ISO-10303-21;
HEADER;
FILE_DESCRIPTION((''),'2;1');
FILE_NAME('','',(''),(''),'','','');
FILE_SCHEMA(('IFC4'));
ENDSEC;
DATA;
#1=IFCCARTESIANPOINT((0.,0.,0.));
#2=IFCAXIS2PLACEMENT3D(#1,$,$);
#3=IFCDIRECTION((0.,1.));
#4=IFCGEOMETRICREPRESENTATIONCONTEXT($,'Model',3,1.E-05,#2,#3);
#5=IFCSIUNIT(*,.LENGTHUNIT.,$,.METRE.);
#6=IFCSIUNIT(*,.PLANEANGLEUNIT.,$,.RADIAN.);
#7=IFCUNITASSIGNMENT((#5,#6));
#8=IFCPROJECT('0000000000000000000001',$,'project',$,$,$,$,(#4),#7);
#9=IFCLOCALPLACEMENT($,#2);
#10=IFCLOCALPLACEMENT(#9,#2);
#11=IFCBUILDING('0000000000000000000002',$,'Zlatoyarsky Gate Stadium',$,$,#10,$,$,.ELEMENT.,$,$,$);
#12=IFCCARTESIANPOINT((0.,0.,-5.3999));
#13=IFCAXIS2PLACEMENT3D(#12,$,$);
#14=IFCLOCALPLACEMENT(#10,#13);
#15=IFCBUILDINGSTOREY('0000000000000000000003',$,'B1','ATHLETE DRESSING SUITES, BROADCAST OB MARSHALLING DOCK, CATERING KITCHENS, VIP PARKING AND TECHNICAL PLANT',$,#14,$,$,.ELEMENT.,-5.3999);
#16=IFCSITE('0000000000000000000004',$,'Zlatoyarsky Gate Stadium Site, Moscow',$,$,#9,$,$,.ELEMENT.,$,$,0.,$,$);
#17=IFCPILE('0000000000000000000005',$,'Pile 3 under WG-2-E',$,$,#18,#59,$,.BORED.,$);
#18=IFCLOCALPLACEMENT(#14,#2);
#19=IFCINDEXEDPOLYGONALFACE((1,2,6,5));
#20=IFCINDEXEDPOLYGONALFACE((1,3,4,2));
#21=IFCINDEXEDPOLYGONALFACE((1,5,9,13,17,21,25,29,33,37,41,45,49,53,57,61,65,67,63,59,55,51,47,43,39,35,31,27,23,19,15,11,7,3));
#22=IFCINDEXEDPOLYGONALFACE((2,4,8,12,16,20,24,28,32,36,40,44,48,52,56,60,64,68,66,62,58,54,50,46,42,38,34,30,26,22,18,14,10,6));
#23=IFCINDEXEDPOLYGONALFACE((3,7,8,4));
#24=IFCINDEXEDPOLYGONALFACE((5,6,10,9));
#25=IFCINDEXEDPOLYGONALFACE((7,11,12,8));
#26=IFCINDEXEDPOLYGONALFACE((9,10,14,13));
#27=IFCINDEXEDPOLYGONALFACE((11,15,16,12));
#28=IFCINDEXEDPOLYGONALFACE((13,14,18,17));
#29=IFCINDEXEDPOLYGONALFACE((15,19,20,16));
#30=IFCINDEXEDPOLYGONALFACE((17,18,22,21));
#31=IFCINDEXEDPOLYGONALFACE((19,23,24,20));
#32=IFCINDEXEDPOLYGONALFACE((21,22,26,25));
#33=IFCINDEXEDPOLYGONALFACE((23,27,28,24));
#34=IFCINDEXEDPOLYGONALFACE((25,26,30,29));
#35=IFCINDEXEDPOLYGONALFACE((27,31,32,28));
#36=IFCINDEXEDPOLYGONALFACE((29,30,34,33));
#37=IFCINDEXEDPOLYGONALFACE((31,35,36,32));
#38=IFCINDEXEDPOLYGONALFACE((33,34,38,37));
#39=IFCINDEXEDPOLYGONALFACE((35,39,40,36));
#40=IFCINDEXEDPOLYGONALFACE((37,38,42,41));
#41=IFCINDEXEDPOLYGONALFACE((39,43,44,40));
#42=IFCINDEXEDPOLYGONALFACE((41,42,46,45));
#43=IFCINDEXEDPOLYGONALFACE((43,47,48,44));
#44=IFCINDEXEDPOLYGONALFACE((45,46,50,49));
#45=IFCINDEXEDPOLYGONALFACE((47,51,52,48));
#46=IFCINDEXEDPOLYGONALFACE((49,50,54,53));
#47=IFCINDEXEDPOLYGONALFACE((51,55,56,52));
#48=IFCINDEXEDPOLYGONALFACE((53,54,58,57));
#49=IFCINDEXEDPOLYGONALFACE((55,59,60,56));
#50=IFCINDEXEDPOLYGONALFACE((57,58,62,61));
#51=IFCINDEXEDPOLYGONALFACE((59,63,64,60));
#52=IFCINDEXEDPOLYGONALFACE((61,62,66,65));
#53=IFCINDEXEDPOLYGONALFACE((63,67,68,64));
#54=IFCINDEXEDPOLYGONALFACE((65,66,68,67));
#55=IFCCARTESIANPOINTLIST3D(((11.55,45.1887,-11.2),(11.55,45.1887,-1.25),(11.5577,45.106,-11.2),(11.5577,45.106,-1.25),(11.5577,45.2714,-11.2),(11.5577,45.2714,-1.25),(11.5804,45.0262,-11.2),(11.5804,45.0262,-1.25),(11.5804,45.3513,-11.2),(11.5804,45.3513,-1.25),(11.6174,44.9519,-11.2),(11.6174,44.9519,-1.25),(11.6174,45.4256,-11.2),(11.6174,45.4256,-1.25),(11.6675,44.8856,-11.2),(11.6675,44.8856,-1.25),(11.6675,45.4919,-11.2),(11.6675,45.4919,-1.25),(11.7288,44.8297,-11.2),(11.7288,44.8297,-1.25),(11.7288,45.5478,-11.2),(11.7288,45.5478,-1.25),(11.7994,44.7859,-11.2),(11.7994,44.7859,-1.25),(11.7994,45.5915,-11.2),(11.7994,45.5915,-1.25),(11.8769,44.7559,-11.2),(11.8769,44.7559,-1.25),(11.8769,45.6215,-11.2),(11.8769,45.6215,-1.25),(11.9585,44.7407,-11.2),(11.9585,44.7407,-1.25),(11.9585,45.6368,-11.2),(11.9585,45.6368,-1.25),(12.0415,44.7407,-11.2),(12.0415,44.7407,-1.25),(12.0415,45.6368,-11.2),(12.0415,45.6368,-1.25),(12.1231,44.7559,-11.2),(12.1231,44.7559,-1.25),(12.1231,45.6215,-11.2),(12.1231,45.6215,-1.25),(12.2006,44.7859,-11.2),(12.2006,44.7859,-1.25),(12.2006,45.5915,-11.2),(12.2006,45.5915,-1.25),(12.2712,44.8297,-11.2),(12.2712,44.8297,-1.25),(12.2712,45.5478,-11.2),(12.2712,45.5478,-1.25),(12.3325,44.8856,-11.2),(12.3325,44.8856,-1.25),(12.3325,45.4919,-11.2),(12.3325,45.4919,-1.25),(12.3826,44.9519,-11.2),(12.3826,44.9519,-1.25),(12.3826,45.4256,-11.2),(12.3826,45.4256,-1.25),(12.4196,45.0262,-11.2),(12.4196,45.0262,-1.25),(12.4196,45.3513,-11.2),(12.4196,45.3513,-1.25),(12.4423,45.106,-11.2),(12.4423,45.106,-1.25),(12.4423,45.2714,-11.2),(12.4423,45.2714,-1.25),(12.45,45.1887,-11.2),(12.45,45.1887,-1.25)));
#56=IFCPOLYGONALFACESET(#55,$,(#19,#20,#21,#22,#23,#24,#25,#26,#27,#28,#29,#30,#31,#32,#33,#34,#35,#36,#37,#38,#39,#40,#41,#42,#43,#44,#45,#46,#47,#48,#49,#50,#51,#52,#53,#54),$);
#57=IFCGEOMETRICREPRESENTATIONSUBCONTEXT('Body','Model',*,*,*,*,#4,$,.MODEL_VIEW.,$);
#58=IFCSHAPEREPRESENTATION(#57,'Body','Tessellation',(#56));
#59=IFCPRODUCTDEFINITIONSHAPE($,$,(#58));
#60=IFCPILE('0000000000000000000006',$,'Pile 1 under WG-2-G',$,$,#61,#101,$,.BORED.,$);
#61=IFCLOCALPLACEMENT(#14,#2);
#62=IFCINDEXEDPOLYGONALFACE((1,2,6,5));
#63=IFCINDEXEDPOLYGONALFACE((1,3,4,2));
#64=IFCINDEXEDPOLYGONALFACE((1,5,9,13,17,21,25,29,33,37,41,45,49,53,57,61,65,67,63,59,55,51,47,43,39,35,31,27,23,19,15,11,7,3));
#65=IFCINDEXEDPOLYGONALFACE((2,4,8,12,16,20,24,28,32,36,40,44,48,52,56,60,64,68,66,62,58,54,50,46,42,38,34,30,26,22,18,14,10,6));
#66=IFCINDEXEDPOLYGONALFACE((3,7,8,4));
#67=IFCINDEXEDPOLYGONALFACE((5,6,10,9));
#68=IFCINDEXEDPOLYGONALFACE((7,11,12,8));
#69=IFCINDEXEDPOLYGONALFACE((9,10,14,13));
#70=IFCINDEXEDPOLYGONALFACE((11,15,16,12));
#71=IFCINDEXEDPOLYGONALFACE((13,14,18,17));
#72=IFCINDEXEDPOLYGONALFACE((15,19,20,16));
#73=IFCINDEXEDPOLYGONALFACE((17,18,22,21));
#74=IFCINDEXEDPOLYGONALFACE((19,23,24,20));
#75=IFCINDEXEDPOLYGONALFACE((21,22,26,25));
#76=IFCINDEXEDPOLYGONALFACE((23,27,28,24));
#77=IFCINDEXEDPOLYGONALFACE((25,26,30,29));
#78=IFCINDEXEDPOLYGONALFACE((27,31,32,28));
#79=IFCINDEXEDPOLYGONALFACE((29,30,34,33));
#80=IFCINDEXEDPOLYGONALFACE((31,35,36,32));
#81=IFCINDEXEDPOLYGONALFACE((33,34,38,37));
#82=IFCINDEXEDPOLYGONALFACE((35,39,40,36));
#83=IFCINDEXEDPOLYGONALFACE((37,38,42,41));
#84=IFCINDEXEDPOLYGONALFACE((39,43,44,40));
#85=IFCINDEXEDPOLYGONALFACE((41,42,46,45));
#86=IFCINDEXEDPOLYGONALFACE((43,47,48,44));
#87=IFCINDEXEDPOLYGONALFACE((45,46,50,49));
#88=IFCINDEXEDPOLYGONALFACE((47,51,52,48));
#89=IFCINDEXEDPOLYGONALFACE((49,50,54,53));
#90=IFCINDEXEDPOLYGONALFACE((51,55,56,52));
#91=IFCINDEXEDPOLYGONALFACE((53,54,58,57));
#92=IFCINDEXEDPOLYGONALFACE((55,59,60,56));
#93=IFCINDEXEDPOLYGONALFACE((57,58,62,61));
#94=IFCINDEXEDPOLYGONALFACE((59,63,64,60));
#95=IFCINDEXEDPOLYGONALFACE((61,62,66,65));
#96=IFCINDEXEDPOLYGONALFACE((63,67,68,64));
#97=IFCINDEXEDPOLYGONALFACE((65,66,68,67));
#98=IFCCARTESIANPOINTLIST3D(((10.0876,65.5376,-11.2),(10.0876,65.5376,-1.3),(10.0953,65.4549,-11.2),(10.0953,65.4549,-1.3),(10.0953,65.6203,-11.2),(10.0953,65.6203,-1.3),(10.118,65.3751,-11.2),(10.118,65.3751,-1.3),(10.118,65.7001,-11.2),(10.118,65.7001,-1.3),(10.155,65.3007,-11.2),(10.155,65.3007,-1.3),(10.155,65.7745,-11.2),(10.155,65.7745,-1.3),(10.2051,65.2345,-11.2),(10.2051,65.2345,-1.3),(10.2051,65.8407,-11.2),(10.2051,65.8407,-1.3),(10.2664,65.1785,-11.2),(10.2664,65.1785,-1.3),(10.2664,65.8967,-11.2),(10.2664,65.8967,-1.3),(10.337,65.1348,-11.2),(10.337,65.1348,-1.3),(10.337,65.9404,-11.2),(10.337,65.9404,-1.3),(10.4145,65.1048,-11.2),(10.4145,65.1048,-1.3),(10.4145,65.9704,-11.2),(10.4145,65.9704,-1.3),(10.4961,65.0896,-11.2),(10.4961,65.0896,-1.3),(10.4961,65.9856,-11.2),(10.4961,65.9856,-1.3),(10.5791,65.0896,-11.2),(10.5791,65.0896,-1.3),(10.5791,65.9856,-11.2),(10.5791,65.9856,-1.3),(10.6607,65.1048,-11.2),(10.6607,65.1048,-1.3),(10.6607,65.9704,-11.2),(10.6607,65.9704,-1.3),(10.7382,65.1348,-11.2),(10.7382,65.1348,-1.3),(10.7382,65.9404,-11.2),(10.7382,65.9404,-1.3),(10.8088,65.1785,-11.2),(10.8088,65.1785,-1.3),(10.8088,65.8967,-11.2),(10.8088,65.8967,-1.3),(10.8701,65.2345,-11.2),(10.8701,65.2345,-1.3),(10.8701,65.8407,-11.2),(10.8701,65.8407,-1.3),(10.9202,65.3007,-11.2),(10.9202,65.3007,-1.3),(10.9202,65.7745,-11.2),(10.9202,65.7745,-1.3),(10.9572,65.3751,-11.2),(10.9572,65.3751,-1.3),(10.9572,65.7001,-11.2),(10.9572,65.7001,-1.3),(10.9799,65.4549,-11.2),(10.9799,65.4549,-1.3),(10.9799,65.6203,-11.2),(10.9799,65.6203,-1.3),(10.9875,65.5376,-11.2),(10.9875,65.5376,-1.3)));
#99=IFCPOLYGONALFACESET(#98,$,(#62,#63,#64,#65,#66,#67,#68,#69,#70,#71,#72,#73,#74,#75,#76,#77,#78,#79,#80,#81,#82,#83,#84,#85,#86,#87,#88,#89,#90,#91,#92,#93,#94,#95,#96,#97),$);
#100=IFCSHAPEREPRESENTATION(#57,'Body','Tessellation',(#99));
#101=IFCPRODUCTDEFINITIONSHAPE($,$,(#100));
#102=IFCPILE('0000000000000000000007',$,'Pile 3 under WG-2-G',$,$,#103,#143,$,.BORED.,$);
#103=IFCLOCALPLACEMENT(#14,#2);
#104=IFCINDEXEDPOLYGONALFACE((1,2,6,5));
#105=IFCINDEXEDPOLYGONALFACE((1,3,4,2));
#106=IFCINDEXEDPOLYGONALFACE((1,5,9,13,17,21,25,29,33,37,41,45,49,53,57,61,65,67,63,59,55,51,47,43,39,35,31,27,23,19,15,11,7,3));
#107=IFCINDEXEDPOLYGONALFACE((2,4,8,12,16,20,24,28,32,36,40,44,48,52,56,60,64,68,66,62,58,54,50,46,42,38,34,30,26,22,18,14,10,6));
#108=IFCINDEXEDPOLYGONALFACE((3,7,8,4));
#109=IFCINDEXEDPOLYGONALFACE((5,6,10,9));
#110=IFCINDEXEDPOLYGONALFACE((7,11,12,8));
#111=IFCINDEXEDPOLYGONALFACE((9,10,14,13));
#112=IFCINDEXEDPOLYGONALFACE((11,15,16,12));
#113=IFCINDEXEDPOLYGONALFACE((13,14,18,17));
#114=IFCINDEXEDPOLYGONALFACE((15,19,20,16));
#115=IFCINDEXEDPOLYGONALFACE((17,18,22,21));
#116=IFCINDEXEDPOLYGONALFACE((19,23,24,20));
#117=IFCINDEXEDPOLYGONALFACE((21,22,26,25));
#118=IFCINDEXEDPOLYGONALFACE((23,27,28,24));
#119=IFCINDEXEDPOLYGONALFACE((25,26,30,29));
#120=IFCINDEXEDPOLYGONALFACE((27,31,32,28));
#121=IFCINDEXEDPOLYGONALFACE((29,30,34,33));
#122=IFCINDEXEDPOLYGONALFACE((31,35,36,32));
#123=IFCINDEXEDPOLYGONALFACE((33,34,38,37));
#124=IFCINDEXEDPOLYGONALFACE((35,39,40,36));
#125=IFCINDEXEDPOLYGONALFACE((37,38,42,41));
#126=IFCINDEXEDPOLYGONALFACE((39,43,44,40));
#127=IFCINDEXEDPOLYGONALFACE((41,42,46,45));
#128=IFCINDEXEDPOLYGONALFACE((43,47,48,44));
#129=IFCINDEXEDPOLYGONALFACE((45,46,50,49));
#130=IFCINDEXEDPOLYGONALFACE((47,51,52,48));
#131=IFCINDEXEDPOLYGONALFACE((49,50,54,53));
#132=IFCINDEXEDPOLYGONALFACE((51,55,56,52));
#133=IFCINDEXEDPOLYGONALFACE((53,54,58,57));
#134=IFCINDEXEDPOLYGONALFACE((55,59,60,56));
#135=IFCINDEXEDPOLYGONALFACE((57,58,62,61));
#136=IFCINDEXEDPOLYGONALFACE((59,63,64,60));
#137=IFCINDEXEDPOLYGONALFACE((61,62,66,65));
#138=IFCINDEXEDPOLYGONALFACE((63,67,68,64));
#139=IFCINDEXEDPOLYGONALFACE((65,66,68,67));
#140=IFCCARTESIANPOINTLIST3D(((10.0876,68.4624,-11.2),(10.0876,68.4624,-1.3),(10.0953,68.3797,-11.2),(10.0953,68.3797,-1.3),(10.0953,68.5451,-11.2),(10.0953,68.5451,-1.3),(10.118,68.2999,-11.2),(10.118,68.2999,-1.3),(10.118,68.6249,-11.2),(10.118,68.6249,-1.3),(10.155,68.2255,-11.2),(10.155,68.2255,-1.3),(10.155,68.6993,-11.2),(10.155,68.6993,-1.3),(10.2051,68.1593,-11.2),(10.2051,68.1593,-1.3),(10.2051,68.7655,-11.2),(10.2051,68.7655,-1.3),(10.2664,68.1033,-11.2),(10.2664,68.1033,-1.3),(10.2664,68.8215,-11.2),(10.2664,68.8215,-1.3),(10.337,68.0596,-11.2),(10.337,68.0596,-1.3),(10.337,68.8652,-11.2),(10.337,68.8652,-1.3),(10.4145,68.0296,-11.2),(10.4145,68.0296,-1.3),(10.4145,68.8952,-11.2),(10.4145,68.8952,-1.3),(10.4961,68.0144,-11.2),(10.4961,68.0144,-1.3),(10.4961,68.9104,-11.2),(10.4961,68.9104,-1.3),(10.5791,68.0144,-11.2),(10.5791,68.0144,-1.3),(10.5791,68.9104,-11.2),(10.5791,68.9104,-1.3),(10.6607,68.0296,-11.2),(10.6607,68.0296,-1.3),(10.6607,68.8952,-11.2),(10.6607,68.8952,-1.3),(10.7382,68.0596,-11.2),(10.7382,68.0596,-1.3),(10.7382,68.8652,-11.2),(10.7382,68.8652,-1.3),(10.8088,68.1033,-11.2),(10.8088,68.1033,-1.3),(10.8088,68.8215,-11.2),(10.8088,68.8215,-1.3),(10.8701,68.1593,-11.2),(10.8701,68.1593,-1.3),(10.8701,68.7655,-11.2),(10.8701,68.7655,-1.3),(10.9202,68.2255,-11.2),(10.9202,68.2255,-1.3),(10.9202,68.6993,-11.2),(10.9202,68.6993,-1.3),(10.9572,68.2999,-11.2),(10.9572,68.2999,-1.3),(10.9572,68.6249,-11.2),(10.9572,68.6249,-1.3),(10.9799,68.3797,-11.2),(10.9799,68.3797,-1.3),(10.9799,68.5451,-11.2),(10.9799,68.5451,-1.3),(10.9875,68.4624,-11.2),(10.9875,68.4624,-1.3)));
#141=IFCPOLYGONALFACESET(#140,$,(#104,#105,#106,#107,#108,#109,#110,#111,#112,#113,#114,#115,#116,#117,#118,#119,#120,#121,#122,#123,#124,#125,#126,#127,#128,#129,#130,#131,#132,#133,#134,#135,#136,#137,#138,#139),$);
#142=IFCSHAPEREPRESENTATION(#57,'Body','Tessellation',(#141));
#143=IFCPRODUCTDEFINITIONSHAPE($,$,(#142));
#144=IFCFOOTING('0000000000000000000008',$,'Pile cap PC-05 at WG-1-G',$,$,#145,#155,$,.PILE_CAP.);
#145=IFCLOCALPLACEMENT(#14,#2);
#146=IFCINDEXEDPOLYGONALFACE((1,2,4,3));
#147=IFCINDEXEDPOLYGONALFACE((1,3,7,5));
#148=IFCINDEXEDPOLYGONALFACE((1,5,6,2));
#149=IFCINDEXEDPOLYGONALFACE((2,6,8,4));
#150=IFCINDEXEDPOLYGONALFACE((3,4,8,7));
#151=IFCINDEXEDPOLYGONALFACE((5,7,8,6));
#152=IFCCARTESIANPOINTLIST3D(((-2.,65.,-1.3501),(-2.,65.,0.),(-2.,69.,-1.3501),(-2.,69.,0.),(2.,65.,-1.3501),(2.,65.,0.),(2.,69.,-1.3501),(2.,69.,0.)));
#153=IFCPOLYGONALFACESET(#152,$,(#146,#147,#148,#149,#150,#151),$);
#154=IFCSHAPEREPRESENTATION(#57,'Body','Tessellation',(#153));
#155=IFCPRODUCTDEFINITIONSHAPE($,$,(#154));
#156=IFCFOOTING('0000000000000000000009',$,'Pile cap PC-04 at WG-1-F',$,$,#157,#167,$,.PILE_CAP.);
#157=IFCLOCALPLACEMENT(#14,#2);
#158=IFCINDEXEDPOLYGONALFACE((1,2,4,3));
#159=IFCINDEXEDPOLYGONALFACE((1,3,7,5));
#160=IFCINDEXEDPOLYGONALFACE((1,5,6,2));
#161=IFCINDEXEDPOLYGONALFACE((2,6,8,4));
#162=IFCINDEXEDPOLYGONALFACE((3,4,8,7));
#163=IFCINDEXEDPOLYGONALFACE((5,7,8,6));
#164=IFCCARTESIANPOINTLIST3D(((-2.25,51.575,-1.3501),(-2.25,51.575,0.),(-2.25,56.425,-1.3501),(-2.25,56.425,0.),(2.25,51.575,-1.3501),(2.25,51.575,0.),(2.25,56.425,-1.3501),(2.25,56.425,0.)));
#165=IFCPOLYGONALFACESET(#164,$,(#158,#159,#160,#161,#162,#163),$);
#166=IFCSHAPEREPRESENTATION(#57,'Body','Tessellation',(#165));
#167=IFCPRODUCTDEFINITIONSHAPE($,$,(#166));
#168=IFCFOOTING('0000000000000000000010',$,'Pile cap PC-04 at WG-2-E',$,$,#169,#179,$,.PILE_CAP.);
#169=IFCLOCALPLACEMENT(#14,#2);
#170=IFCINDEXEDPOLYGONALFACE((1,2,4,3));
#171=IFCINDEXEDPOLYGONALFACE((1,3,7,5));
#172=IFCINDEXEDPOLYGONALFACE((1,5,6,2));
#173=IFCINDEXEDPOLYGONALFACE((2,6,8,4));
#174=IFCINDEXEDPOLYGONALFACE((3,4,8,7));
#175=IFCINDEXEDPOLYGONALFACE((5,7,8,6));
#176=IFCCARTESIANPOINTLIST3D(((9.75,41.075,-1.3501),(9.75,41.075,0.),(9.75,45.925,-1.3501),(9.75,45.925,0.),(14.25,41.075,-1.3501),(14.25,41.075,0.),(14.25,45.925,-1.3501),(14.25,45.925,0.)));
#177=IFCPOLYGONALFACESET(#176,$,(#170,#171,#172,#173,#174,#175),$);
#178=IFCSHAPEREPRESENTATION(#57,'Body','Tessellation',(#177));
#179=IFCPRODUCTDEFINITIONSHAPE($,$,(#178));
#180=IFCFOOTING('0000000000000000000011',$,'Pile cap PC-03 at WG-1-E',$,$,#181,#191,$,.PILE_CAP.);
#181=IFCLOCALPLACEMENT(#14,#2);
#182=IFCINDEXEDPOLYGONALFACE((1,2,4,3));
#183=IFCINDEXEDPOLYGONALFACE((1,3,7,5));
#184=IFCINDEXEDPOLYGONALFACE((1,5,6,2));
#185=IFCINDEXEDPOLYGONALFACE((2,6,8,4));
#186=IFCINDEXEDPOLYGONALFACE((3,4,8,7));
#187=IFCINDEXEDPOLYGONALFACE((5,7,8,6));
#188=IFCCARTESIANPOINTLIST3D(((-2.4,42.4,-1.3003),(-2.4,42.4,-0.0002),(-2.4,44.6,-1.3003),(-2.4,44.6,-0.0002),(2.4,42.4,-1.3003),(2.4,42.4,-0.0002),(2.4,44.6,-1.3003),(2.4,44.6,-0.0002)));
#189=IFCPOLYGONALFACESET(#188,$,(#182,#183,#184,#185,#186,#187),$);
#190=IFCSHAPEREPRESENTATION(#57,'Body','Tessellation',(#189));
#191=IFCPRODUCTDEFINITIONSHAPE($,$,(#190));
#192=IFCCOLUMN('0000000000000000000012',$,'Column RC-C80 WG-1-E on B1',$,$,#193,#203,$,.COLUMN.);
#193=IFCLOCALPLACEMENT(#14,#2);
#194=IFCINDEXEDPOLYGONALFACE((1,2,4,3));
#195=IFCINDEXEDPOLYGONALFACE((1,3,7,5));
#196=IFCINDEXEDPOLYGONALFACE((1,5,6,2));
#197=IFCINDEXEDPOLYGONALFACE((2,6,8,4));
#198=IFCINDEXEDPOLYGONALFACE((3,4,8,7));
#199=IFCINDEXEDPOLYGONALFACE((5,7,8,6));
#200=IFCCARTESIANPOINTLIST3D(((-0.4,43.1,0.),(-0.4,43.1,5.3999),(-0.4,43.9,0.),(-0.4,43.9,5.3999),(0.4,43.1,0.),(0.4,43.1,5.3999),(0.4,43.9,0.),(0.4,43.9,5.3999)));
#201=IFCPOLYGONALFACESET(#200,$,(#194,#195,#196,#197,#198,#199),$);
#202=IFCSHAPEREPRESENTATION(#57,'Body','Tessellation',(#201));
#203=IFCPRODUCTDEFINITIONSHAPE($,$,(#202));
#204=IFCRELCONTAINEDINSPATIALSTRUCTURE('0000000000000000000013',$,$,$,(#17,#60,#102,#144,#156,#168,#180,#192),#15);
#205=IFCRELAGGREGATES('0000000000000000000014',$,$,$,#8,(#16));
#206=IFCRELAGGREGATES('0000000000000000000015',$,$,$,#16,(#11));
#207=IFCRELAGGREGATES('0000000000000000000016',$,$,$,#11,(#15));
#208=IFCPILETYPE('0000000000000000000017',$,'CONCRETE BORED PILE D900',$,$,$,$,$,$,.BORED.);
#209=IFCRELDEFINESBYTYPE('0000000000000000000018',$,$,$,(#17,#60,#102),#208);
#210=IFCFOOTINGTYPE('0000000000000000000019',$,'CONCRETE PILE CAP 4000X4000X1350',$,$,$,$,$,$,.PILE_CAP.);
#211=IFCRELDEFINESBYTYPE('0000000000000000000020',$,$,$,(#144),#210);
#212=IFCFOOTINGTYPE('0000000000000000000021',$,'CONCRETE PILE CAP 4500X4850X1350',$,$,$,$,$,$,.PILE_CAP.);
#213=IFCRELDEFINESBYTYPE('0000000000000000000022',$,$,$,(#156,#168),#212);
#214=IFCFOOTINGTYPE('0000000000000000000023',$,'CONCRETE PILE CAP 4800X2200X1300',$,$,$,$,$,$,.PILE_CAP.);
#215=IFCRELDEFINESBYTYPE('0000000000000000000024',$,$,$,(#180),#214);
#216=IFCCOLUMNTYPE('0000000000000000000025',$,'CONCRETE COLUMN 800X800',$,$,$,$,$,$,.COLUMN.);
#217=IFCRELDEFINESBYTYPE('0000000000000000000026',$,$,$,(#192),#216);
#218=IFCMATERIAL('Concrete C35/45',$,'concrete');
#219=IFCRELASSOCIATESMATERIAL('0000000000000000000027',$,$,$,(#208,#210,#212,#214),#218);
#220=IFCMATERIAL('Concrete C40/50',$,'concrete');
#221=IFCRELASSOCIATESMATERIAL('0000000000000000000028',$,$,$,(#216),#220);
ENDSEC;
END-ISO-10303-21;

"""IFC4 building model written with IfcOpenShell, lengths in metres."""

from ifc_helpers import new_model, si_unit, direction, frame, origin, origin_2d, place, context, subcontext, project, spatial, rectangle, circle, extrude, material, material_profile, profile_set, type_object, element, save


model = new_model("IFC4")

# Units and contexts
model_context = context("Model", 3, precision=1e-05, world=origin(), true_north=direction((0.0, 1.0)))
body_context = subcontext(model_context, "Body", "Model", "MODEL_VIEW")
ifc_project = project(units=[si_unit("LENGTHUNIT", "METRE"), si_unit("PLANEANGLEUNIT", "RADIAN")], contexts=[model_context])

# Site, building, storey
site_placement = place(None, origin())
site = spatial("IfcSite", under=ifc_project, at=site_placement, Name="Zlatoyarsky Gate Stadium Site, Moscow", CompositionType="ELEMENT", RefElevation=0.0)
building_placement = place(site_placement, origin())
building = spatial("IfcBuilding", under=site, at=building_placement, Name="Zlatoyarsky Gate Stadium", CompositionType="ELEMENT")
storey_placement = place(building_placement, frame((0.0, 0.0, -5.3999)))
storey = spatial("IfcBuildingStorey", under=building, at=storey_placement, Name="B1", Description="ATHLETE DRESSING SUITES, BROADCAST OB MARSHALLING DOCK, CATERING KITCHENS, VIP PARKING AND TECHNICAL PLANT", CompositionType="ELEMENT", Elevation=-5.3999)

# Piles
ifc_material_1 = material(Name="Concrete C35/45", Category="concrete")
ifc_material_profile_1 = material_profile(ifc_material_1, circle(Radius=0.45, at=origin_2d()), Name="BORED PILE D900")
ifc_profile_set_1 = profile_set([ifc_material_profile_1], Name="Concrete C35/45")
pile_type_1 = type_object("IfcPileType", Name="CONCRETE BORED PILE D900", PredefinedType="BORED", material=ifc_profile_set_1)
for number, where, z_axis, x_axis, name in (
    (1, (12.0, 45.1887, -1.25), (0.0, 0.0, -1.0), (1.0, 0.0, 0.0), "Pile 3 under WG-2-E"),
):
    element("IfcPile", number, at=place(storey_placement, frame(where, z_axis=z_axis, x_axis=x_axis)), inside=storey, type_object=pile_type_1, Name=name, PredefinedType="BORED", context=body_context, shape_type="SweptSolid", body=[
        extrude(circle(Radius=0.45, at=origin_2d()), origin(), (0.0, 0.0, 1.0), 9.95),
    ])
for number, where, z_axis, x_axis, name in (
    (2, (10.5376, 65.5376, -1.3), (0.0, 0.0, -1.0), (1.0, 0.0, 0.0), "Pile 1 under WG-2-G"),
    (3, (10.5376, 68.4624, -1.3), (0.0, 0.0, -1.0), (1.0, 0.0, 0.0), "Pile 3 under WG-2-G"),
):
    element("IfcPile", number, at=place(storey_placement, frame(where, z_axis=z_axis, x_axis=x_axis)), inside=storey, type_object=pile_type_1, Name=name, PredefinedType="BORED", context=body_context, shape_type="SweptSolid", body=[
        extrude(circle(Radius=0.45, at=origin_2d()), origin(), (0.0, 0.0, 1.0), 9.8999),
    ])

# Footings
footing_type_1 = type_object("IfcFootingType", Name="CONCRETE PILE CAP 4000X4000X1350", PredefinedType="PILE_CAP", material=ifc_material_1)
footing_1_placement = place(storey_placement, frame((0.0, 67.0, -1.3501), z_axis=(0.0, 0.0, 1.0), x_axis=(1.0, 0.0, 0.0)))
element("IfcFooting", 4, at=footing_1_placement, inside=storey, type_object=footing_type_1, Name="Pile cap PC-05 at WG-1-G", PredefinedType="PILE_CAP", context=body_context, shape_type="SweptSolid", body=[
    extrude(rectangle(XDim=4.0, YDim=4.0, at=origin_2d()), origin(), (0.0, 0.0, 1.0), 1.3501),
])
footing_type_2 = type_object("IfcFootingType", Name="CONCRETE PILE CAP 4500X4850X1350", PredefinedType="PILE_CAP", material=ifc_material_1)
for number, where, z_axis, x_axis, name in (
    (5, (0.0, 54.0, -1.3501), (0.0, 0.0, 1.0), (1.0, 0.0, 0.0), "Pile cap PC-04 at WG-1-F"),
    (6, (12.0, 43.5, -1.3501), (0.0, 0.0, 1.0), (1.0, 0.0, 0.0), "Pile cap PC-04 at WG-2-E"),
):
    element("IfcFooting", number, at=place(storey_placement, frame(where, z_axis=z_axis, x_axis=x_axis)), inside=storey, type_object=footing_type_2, Name=name, PredefinedType="PILE_CAP", context=body_context, shape_type="SweptSolid", body=[
        extrude(rectangle(XDim=4.5, YDim=4.8501, at=origin_2d()), origin(), (0.0, 0.0, 1.0), 1.3501),
    ])
footing_type_3 = type_object("IfcFootingType", Name="CONCRETE PILE CAP 4800X2200X1300", PredefinedType="PILE_CAP", material=ifc_material_1)
footing_2_placement = place(storey_placement, frame((0.0, 43.5, -1.3003), z_axis=(0.0, 0.0, 1.0), x_axis=(1.0, 0.0, 0.0)))
element("IfcFooting", 7, at=footing_2_placement, inside=storey, type_object=footing_type_3, Name="Pile cap PC-03 at WG-1-E", PredefinedType="PILE_CAP", context=body_context, shape_type="SweptSolid", body=[
    extrude(rectangle(XDim=4.8, YDim=2.2, at=origin_2d()), origin(), (0.0, 0.0, 1.0), 1.3),
])

# Column
ifc_material_2 = material(Name="Concrete C40/50", Category="concrete")
ifc_material_profile_2 = material_profile(ifc_material_2, rectangle(XDim=0.8, YDim=0.8, at=origin_2d()), Name="RC COL 800X800")
ifc_profile_set_2 = profile_set([ifc_material_profile_2], Name="Concrete C40/50")
column_type = type_object("IfcColumnType", Name="CONCRETE COLUMN 800X800", PredefinedType="COLUMN", material=ifc_profile_set_2)
for number, where, z_axis, x_axis, name in (
    (8, (0.0, 43.5, 0.0), (0.0, 0.0, 1.0), (1.0, 0.0, 0.0), "Column RC-C80 WG-1-E on B1"),
):
    element("IfcColumn", number, at=place(storey_placement, frame(where, z_axis=z_axis, x_axis=x_axis)), inside=storey, type_object=column_type, Name=name, PredefinedType="COLUMN", context=body_context, shape_type="SweptSolid", body=[
        extrude(rectangle(XDim=0.8, YDim=0.8, at=origin_2d()), origin(), (0.0, 0.0, 1.0), 5.3999),
    ])

save(model, "model.ifc")
